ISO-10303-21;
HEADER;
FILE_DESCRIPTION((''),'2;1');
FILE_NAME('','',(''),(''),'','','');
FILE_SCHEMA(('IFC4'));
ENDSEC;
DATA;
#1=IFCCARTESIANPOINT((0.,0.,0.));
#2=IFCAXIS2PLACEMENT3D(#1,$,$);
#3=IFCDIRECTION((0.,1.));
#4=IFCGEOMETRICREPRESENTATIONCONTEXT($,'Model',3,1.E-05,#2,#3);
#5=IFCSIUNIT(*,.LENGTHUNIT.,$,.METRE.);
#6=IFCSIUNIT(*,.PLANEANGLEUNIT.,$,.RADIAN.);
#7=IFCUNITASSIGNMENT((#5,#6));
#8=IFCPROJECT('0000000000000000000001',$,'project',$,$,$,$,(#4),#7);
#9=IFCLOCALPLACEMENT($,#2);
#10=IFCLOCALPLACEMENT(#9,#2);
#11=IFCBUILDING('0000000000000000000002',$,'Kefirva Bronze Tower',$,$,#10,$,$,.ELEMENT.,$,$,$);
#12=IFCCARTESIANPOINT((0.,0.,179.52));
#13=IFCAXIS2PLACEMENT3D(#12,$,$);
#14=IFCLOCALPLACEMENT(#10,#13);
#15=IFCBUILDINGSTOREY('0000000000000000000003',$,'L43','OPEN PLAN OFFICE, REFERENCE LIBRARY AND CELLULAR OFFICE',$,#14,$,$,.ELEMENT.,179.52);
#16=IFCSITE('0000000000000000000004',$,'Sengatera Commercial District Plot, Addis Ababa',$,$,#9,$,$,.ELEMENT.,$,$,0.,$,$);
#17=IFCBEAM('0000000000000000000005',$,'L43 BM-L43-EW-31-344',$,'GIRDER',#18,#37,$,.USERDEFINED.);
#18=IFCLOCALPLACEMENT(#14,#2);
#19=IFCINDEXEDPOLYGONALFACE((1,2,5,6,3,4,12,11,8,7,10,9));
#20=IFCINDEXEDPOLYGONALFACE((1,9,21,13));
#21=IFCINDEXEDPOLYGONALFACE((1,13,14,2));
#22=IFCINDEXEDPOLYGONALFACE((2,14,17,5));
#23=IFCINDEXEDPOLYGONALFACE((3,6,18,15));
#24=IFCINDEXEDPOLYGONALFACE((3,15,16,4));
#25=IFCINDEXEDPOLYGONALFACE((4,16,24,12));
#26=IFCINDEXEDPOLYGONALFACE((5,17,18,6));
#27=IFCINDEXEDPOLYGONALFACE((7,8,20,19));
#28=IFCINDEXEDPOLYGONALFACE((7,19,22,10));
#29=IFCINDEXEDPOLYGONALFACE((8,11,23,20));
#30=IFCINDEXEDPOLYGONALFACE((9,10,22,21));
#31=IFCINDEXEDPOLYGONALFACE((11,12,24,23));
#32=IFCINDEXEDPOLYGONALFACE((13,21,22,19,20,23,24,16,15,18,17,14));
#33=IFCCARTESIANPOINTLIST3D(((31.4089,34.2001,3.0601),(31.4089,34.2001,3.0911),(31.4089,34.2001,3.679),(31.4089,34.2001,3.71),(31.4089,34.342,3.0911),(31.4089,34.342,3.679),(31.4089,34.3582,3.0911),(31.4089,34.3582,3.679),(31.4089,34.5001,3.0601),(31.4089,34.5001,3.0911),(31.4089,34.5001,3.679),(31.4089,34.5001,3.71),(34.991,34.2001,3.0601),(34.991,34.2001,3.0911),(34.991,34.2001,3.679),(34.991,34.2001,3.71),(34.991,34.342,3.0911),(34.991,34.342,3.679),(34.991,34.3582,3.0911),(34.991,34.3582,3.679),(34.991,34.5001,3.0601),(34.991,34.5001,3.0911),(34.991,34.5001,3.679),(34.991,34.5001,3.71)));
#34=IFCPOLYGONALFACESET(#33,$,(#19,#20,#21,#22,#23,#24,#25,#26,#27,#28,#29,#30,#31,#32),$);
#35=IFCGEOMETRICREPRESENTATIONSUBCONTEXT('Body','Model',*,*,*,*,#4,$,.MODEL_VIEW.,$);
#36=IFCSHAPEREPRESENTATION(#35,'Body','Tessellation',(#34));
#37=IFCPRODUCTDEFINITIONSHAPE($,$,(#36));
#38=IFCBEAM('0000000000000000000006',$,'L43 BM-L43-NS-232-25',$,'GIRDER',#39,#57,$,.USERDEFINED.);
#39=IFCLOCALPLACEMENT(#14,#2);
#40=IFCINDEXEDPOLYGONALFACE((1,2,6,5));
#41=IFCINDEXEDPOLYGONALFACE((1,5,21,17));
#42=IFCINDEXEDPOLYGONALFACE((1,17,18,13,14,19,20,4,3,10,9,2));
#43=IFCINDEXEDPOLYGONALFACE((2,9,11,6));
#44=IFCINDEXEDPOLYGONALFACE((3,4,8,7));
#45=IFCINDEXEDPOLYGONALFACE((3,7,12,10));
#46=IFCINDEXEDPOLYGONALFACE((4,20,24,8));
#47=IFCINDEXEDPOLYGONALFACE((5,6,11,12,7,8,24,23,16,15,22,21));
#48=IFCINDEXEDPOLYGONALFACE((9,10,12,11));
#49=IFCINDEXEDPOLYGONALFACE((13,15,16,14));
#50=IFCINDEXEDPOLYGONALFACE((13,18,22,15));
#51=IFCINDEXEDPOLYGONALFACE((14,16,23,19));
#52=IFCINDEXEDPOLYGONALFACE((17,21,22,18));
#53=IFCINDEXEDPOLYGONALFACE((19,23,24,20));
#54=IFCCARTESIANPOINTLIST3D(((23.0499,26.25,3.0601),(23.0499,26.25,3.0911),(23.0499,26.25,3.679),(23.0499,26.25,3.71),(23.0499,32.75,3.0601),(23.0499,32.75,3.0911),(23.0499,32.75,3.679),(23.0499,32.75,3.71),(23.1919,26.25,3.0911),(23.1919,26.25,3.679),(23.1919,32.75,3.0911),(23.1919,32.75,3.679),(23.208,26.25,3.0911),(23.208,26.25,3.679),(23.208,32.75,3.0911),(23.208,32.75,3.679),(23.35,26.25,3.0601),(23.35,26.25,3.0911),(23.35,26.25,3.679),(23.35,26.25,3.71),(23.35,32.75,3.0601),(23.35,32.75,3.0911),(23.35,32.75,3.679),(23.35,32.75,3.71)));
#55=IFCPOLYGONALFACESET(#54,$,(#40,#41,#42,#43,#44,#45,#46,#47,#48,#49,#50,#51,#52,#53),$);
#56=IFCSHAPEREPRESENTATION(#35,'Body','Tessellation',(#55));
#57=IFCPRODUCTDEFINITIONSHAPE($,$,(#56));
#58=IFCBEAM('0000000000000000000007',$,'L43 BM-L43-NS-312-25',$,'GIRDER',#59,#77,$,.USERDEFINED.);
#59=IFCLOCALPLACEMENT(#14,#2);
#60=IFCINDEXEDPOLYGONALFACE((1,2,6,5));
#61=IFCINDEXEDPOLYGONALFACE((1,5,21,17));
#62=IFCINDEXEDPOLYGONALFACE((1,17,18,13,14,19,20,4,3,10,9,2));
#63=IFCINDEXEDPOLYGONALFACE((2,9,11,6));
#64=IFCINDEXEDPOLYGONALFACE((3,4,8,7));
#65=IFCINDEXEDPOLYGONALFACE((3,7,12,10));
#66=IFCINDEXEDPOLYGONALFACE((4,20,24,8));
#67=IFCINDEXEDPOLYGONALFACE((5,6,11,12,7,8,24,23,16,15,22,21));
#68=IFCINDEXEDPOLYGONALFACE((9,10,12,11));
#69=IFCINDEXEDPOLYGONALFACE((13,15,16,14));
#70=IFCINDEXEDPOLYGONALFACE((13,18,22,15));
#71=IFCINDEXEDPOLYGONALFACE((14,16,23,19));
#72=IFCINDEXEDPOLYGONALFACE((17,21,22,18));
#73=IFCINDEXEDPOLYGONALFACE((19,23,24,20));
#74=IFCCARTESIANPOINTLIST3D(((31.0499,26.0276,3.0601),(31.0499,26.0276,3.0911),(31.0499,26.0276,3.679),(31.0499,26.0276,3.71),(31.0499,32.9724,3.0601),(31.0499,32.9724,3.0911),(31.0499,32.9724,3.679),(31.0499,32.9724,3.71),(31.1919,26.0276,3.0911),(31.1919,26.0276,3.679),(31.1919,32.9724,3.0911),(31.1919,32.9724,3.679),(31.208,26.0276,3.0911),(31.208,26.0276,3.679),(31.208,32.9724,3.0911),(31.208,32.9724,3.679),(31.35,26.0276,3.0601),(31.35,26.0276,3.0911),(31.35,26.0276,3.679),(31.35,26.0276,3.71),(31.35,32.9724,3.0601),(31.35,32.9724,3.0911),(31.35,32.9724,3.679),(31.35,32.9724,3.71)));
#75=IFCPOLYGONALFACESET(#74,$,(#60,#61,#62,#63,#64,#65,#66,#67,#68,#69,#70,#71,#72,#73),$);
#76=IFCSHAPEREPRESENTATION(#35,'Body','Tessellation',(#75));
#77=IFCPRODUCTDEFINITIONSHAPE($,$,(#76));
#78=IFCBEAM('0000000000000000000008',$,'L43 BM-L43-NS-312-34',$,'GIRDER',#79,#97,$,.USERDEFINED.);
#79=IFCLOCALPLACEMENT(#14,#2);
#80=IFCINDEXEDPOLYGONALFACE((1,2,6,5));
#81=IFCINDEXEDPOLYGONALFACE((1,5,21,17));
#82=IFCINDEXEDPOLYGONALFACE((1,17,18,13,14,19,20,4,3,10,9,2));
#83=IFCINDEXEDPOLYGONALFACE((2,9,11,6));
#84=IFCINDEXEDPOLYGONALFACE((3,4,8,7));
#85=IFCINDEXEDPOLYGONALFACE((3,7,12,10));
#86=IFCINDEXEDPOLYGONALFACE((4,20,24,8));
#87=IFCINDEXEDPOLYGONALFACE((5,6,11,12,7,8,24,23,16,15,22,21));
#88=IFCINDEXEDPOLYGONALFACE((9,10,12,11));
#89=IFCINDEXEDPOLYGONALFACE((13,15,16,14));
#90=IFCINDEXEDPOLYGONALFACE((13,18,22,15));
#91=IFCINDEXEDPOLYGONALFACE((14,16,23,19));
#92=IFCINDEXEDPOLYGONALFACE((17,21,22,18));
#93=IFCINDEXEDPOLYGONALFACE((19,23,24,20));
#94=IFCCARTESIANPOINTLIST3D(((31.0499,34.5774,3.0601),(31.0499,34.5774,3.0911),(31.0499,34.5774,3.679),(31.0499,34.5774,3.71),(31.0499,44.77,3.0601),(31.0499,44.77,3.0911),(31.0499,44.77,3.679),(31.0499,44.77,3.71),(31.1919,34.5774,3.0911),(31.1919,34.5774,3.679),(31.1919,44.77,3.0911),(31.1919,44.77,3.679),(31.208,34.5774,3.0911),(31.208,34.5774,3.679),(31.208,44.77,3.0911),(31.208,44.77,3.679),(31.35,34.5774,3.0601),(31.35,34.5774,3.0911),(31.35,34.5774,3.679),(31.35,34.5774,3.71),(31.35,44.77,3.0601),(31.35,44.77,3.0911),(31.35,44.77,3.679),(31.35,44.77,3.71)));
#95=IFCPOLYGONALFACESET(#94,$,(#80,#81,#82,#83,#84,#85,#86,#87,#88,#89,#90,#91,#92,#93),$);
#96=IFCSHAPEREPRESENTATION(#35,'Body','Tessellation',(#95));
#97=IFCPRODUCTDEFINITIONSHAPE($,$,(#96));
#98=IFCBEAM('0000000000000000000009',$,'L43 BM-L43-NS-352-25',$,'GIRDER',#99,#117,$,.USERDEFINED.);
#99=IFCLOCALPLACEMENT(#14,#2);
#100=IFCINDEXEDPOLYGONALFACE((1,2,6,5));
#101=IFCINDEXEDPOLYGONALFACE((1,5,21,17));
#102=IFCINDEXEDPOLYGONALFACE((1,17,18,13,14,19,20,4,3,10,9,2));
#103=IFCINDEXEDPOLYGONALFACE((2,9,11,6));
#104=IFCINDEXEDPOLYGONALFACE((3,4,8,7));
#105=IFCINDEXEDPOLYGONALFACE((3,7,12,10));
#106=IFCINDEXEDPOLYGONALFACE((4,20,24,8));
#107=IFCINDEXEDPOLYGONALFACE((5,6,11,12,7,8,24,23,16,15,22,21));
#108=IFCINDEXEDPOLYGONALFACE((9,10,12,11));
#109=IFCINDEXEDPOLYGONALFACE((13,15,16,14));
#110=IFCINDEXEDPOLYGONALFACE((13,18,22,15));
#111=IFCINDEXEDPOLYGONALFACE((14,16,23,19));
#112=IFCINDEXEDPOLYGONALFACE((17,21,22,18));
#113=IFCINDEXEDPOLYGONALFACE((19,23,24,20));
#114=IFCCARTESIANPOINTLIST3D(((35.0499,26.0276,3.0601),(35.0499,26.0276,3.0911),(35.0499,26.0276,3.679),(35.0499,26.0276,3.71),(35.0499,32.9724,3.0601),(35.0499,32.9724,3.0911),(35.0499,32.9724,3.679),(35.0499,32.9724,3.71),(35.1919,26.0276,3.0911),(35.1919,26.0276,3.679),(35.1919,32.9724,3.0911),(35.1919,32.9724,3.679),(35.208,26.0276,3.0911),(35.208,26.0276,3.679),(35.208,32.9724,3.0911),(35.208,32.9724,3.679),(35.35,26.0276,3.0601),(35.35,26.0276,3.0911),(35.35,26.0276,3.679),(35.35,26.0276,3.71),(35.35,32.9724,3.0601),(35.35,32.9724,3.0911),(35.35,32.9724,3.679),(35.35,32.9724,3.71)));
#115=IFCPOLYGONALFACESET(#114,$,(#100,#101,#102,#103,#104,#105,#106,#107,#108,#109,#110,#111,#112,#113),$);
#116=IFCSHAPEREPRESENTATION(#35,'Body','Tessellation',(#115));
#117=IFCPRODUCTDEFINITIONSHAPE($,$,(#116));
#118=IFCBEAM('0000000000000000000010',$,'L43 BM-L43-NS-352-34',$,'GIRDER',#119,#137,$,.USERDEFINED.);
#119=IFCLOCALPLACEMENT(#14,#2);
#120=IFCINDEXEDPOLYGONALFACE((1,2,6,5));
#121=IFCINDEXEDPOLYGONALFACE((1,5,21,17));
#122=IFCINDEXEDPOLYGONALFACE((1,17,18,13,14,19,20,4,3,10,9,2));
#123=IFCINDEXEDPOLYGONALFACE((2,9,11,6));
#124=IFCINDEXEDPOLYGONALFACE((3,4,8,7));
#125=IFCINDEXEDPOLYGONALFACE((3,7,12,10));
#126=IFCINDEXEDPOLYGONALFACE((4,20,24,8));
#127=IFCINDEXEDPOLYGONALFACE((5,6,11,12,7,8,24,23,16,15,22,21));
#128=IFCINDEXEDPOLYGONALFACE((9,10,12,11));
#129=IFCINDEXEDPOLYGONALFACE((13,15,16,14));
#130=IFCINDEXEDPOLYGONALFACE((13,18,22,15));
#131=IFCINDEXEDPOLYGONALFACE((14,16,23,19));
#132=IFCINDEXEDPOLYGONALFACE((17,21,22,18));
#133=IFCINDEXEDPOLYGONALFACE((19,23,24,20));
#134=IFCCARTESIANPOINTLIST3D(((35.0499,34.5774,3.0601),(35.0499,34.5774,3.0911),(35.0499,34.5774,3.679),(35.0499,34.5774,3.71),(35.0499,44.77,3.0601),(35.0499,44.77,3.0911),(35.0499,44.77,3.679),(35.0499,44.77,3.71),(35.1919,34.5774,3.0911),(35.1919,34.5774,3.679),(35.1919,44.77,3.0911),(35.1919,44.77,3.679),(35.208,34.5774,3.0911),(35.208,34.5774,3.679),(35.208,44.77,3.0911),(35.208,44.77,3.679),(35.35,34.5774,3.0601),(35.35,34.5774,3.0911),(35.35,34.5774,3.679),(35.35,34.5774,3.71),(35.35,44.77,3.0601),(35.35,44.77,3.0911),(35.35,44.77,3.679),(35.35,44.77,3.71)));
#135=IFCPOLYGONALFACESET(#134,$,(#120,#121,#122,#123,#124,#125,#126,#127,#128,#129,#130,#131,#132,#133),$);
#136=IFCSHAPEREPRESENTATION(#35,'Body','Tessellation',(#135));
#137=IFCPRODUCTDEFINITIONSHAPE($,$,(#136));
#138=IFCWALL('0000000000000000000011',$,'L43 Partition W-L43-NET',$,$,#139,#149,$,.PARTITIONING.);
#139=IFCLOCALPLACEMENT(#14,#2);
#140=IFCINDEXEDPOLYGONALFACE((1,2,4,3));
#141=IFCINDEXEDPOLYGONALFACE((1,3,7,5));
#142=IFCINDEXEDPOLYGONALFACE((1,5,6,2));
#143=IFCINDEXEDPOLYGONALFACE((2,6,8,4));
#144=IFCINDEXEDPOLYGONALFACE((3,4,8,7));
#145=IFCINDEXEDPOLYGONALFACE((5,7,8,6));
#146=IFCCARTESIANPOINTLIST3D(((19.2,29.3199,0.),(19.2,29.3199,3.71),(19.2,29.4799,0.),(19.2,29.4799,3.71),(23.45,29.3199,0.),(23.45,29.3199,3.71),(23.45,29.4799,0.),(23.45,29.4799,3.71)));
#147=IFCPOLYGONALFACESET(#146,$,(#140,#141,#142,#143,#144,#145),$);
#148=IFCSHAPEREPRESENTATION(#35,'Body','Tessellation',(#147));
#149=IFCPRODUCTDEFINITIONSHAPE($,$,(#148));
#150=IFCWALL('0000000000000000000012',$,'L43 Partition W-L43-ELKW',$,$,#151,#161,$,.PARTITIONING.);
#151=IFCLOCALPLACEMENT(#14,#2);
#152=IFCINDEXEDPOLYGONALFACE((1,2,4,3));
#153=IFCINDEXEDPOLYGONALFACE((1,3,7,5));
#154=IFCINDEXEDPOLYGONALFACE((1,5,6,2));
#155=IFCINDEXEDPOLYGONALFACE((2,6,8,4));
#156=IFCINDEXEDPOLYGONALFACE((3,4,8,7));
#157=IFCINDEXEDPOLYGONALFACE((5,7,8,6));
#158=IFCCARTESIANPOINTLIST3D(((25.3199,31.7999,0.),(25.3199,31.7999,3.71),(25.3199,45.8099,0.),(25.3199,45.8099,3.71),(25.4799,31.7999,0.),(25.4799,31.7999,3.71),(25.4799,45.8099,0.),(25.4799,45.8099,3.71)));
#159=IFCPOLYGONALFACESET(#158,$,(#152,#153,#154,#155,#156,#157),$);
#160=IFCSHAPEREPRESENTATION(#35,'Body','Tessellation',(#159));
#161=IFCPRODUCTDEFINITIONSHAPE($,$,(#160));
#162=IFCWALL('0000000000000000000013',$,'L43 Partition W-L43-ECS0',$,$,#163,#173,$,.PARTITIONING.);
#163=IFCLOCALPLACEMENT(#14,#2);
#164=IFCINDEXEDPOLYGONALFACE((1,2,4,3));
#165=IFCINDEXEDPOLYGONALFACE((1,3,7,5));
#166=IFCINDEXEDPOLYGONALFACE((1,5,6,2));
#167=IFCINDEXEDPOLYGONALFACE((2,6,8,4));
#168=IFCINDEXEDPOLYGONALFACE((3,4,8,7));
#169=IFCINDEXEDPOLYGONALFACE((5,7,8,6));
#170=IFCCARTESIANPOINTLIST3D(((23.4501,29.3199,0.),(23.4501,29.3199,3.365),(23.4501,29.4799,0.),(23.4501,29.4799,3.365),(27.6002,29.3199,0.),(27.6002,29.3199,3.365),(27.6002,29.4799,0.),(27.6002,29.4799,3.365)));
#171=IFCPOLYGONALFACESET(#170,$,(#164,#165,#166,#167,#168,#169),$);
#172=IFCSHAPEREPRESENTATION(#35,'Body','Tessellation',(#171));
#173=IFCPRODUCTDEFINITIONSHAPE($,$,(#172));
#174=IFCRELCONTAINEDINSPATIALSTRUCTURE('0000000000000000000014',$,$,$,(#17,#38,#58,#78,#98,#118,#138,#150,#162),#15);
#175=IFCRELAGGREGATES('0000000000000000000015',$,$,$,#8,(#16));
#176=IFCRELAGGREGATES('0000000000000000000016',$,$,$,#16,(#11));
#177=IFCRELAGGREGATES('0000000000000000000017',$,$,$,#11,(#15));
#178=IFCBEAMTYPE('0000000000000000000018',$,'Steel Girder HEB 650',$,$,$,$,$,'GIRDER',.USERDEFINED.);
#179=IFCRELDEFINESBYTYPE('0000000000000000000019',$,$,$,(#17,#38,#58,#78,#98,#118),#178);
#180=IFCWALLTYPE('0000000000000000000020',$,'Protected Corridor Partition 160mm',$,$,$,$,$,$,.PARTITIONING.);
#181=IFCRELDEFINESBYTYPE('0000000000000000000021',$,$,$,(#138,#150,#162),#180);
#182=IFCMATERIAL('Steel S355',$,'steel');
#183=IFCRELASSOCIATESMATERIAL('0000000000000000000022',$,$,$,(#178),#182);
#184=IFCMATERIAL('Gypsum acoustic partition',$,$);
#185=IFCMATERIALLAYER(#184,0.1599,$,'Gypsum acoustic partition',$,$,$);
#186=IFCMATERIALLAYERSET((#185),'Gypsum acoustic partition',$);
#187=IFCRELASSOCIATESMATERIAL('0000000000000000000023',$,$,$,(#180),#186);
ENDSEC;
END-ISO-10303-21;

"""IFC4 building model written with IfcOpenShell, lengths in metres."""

from ifc_helpers import new_model, si_unit, direction, frame, frame_2d, origin, origin_2d, place, context, subcontext, project, spatial, rectangle, i_section, extrude, material, layer, layer_set, material_profile, profile_set, type_object, element, save


model = new_model("IFC4")

# Units and contexts
model_context = context("Model", 3, precision=1e-05, world=origin(), true_north=direction((0.0, 1.0)))
body_context = subcontext(model_context, "Body", "Model", "MODEL_VIEW")
ifc_project = project(units=[si_unit("LENGTHUNIT", "METRE"), si_unit("PLANEANGLEUNIT", "RADIAN")], contexts=[model_context])

# Site, building, storey
site_placement = place(None, origin())
site = spatial("IfcSite", under=ifc_project, at=site_placement, Name="Sengatera Commercial District Plot, Addis Ababa", CompositionType="ELEMENT", RefElevation=0.0)
building_placement = place(site_placement, origin())
building = spatial("IfcBuilding", under=site, at=building_placement, Name="Kefirva Bronze Tower", CompositionType="ELEMENT")
storey_placement = place(building_placement, frame((0.0, 0.0, 179.52)))
storey = spatial("IfcBuildingStorey", under=building, at=storey_placement, Name="L43", Description="OPEN PLAN OFFICE, REFERENCE LIBRARY AND CELLULAR OFFICE", CompositionType="ELEMENT", Elevation=179.52)

# Beams
ifc_material_1 = material(Name="Steel S355", Category="steel")
ifc_material_profile_1 = material_profile(ifc_material_1, i_section(OverallWidth=0.3, OverallDepth=0.6499, WebThickness=0.0161, FlangeThickness=0.031, at=origin_2d()), Name="HEB 650")
ifc_profile_set_1 = profile_set([ifc_material_profile_1], Name="Steel S355")
beam_type_1 = type_object("IfcBeamType", Name="Steel Girder HEB 650", ElementType="GIRDER", PredefinedType="USERDEFINED", material=ifc_profile_set_1)
for number, where, z_axis, x_axis, name in (
    (1, (31.4089, 34.3501, 3.385), (1.0, 0.0, 0.0), (0.0, 1.0, 0.0), "L43 BM-L43-EW-31-344"),
):
    element("IfcBeam", number, at=place(storey_placement, frame(where, z_axis=z_axis, x_axis=x_axis)), inside=storey, type_object=beam_type_1, Name=name, ObjectType="GIRDER", PredefinedType="USERDEFINED", context=body_context, shape_type="SweptSolid", body=[
        extrude(i_section(OverallWidth=0.3, OverallDepth=0.6499, WebThickness=0.0161, FlangeThickness=0.031, at=origin_2d()), origin(), (0.0, 0.0, 1.0), 3.582),
    ])
beam_1_placement = place(storey_placement, frame((23.2, 26.25, 3.385), z_axis=(0.0, 1.0, 0.0), x_axis=(-1.0, 0.0, 0.0)))
element("IfcBeam", 2, at=beam_1_placement, inside=storey, type_object=beam_type_1, Name="L43 BM-L43-NS-232-25", ObjectType="GIRDER", PredefinedType="USERDEFINED", context=body_context, shape_type="SweptSolid", body=[
    extrude(i_section(OverallWidth=0.3, OverallDepth=0.6499, WebThickness=0.0161, FlangeThickness=0.031, at=origin_2d()), origin(), (0.0, 0.0, 1.0), 6.5),
])
beam_2_placement = place(storey_placement, frame((31.2, 26.0276, 3.385), z_axis=(0.0, 1.0, 0.0), x_axis=(-1.0, 0.0, 0.0)))
element("IfcBeam", 3, at=beam_2_placement, inside=storey, type_object=beam_type_1, Name="L43 BM-L43-NS-312-25", ObjectType="GIRDER", PredefinedType="USERDEFINED", context=body_context, shape_type="SweptSolid", body=[
    extrude(i_section(OverallWidth=0.3, OverallDepth=0.6499, WebThickness=0.0161, FlangeThickness=0.031, at=origin_2d()), origin(), (0.0, 0.0, 1.0), 6.9448),
])
beam_3_placement = place(storey_placement, frame((31.2, 34.5774, 3.385), z_axis=(0.0, 1.0, 0.0), x_axis=(-1.0, 0.0, 0.0)))
element("IfcBeam", 4, at=beam_3_placement, inside=storey, type_object=beam_type_1, Name="L43 BM-L43-NS-312-34", ObjectType="GIRDER", PredefinedType="USERDEFINED", context=body_context, shape_type="SweptSolid", body=[
    extrude(i_section(OverallWidth=0.3, OverallDepth=0.6499, WebThickness=0.0161, FlangeThickness=0.031, at=origin_2d()), origin(), (0.0, 0.0, 1.0), 10.1926),
])
beam_4_placement = place(storey_placement, frame((35.2, 26.0276, 3.385), z_axis=(0.0, 1.0, 0.0), x_axis=(-1.0, 0.0, 0.0)))
element("IfcBeam", 5, at=beam_4_placement, inside=storey, type_object=beam_type_1, Name="L43 BM-L43-NS-352-25", ObjectType="GIRDER", PredefinedType="USERDEFINED", context=body_context, shape_type="SweptSolid", body=[
    extrude(i_section(OverallWidth=0.3, OverallDepth=0.6499, WebThickness=0.0161, FlangeThickness=0.031, at=origin_2d()), origin(), (0.0, 0.0, 1.0), 6.9448),
])
beam_5_placement = place(storey_placement, frame((35.2, 34.5774, 3.385), z_axis=(0.0, 1.0, 0.0), x_axis=(-1.0, 0.0, 0.0)))
element("IfcBeam", 6, at=beam_5_placement, inside=storey, type_object=beam_type_1, Name="L43 BM-L43-NS-352-34", ObjectType="GIRDER", PredefinedType="USERDEFINED", context=body_context, shape_type="SweptSolid", body=[
    extrude(i_section(OverallWidth=0.3, OverallDepth=0.6499, WebThickness=0.0161, FlangeThickness=0.031, at=origin_2d()), origin(), (0.0, 0.0, 1.0), 10.1926),
])

# Walls
ifc_material_2 = material(Name="Gypsum acoustic partition")
ifc_layer_1 = layer(ifc_material_2, 0.1599, Name="Gypsum acoustic partition")
ifc_layer_set_1 = layer_set([ifc_layer_1], Name="Gypsum acoustic partition")
wall_type_1 = type_object("IfcWallType", Name="Protected Corridor Partition 160mm", PredefinedType="PARTITIONING", material=ifc_layer_set_1)
wall_1_placement = place(storey_placement, frame((19.2, 29.3999, 0.0), z_axis=(0.0, 0.0, 1.0), x_axis=(1.0, 0.0, 0.0)))
element("IfcWall", 7, at=wall_1_placement, inside=storey, type_object=wall_type_1, Name="L43 Partition W-L43-NET", PredefinedType="PARTITIONING", context=body_context, shape_type="SweptSolid", body=[
    extrude(rectangle(XDim=4.25, YDim=0.1599, at=frame_2d((2.125, 0.0))), origin(), (0.0, 0.0, 1.0), 3.71),
])
wall_2_placement = place(storey_placement, frame((25.3999, 31.8, 0.0), z_axis=(0.0, 0.0, 1.0), x_axis=(0.0, 1.0, 0.0)))
element("IfcWall", 8, at=wall_2_placement, inside=storey, type_object=wall_type_1, Name="L43 Partition W-L43-ELKW", PredefinedType="PARTITIONING", context=body_context, shape_type="SweptSolid", body=[
    extrude(rectangle(XDim=14.01, YDim=0.1599, at=frame_2d((7.0049, 0.0))), origin(), (0.0, 0.0, 1.0), 3.71),
])
wall_3_placement = place(storey_placement, frame((23.45, 29.3999, 0.0), z_axis=(0.0, 0.0, 1.0), x_axis=(1.0, 0.0, 0.0)))
element("IfcWall", 9, at=wall_3_placement, inside=storey, type_object=wall_type_1, Name="L43 Partition W-L43-ECS0", PredefinedType="PARTITIONING", context=body_context, shape_type="SweptSolid", body=[
    extrude(rectangle(XDim=4.1501, YDim=0.1599, at=frame_2d((2.0752, 0.0))), origin(), (0.0, 0.0, 1.0), 3.365),
])

save(model, "model.ifc")
